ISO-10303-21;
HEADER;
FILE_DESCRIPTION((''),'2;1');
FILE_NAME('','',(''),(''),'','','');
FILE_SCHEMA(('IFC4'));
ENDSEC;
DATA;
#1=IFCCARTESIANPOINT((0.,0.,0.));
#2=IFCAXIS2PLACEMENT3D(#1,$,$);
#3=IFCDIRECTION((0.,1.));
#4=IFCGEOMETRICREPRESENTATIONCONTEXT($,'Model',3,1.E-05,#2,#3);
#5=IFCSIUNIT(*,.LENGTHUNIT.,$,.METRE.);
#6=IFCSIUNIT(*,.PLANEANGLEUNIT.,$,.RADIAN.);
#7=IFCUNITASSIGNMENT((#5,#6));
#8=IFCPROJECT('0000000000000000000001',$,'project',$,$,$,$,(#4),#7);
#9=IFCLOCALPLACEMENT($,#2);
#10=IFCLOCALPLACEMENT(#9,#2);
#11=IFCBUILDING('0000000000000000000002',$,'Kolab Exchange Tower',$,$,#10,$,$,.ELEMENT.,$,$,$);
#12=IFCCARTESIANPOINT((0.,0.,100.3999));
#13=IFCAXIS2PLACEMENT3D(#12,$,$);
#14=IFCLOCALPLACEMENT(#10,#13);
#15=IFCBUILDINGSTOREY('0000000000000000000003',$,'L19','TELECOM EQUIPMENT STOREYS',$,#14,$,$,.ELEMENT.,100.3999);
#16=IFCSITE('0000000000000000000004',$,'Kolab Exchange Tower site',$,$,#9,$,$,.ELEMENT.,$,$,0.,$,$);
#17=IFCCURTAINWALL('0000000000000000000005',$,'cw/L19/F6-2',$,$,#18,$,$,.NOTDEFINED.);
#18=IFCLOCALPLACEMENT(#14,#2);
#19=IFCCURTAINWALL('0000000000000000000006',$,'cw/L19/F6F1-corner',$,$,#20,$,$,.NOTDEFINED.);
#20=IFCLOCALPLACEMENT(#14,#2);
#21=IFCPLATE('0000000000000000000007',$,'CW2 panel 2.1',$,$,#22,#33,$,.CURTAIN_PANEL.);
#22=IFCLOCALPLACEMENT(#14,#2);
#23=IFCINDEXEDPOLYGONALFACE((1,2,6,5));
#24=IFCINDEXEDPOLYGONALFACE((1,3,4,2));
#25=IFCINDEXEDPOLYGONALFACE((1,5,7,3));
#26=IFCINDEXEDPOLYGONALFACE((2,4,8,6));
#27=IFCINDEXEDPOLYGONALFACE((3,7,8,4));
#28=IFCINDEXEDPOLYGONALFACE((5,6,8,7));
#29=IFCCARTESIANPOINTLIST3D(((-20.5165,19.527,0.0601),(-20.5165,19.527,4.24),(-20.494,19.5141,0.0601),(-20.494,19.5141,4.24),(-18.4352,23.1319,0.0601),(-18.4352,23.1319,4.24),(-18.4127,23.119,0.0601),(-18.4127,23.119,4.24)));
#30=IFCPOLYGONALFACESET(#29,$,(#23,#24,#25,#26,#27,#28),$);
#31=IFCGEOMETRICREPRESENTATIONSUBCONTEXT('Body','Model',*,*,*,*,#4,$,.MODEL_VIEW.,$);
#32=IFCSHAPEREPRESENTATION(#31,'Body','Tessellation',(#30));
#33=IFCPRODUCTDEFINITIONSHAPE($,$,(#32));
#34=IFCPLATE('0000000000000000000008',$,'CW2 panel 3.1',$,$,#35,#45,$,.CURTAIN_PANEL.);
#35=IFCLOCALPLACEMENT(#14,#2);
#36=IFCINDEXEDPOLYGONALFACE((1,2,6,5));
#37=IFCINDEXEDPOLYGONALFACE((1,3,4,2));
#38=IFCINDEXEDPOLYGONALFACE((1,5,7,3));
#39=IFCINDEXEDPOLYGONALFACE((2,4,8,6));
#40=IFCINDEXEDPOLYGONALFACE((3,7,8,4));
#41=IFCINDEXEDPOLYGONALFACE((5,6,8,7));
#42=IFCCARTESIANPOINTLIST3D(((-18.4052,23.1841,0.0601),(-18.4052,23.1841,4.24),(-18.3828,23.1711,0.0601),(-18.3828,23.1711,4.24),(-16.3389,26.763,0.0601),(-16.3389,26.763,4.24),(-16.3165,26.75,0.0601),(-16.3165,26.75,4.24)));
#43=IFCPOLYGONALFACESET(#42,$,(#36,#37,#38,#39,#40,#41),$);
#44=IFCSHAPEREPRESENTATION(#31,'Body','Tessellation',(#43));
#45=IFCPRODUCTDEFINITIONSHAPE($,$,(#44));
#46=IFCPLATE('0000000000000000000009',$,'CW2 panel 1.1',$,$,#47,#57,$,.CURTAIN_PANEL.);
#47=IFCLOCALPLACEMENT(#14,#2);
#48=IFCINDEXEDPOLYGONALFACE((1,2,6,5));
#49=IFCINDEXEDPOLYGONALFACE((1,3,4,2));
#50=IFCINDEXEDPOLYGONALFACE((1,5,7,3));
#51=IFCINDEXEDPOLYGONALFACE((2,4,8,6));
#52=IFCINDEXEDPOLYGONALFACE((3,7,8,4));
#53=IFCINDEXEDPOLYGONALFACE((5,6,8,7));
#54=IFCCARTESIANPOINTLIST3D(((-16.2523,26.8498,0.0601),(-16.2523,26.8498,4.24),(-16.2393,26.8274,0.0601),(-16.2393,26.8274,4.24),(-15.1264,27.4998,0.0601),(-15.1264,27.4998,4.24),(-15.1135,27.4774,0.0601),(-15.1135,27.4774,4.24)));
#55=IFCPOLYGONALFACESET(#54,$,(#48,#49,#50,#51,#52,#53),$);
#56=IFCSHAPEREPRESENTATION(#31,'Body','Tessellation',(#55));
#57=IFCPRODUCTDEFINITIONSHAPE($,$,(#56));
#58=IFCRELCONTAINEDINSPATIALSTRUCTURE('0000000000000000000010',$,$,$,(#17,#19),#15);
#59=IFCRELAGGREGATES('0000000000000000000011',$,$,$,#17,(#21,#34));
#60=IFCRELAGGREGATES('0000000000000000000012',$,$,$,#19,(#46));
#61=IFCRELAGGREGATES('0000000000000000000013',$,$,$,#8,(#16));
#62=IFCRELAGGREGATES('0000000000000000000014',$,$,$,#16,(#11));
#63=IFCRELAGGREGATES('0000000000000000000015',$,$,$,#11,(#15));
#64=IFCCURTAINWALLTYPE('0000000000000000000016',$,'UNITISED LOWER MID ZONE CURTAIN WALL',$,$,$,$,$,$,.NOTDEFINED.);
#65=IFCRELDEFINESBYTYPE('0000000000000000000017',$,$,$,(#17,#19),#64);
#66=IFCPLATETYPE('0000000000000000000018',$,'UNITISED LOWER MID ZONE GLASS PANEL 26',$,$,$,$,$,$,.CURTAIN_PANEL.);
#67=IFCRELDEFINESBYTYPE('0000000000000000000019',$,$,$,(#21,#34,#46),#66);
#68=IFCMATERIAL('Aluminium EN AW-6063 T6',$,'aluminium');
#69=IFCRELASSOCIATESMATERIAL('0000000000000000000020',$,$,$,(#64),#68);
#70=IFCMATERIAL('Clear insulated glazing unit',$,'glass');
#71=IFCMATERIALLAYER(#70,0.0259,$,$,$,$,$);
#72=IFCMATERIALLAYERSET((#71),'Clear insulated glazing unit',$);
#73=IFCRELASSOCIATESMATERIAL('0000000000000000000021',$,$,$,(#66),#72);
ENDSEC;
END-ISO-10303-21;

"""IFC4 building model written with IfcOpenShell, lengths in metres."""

from ifc_helpers import new_model, si_unit, direction, frame, origin, origin_2d, place, context, subcontext, project, spatial, rectangle, extrude, material, layer, layer_set, type_object, element, aggregate, save


model = new_model("IFC4")

# Units and contexts
model_context = context("Model", 3, precision=1e-05, world=origin(), true_north=direction((0.0, 1.0)))
body_context = subcontext(model_context, "Body", "Model", "MODEL_VIEW")
ifc_project = project(units=[si_unit("LENGTHUNIT", "METRE"), si_unit("PLANEANGLEUNIT", "RADIAN")], contexts=[model_context])

# Site, building, storey
site_placement = place(None, origin())
site = spatial("IfcSite", under=ifc_project, at=site_placement, Name="Kolab Exchange Tower site", CompositionType="ELEMENT", RefElevation=0.0)
building_placement = place(site_placement, origin())
building = spatial("IfcBuilding", under=site, at=building_placement, Name="Kolab Exchange Tower", CompositionType="ELEMENT")
storey_placement = place(building_placement, frame((0.0, 0.0, 100.3999)))
storey = spatial("IfcBuildingStorey", under=building, at=storey_placement, Name="L19", Description="TELECOM EQUIPMENT STOREYS", CompositionType="ELEMENT", Elevation=100.3999)

# Shared definitions
ifc_material_1 = material(Name="Aluminium EN AW-6063 T6", Category="aluminium")
curtain_wall_type = type_object("IfcCurtainWallType", Name="UNITISED LOWER MID ZONE CURTAIN WALL", PredefinedType="NOTDEFINED", material=ifc_material_1)

# Curtain walls
curtain_wall_1_placement = place(storey_placement, origin())
curtain_wall_1 = element("IfcCurtainWall", 1, at=curtain_wall_1_placement, inside=storey, type_object=curtain_wall_type, Name="cw/L19/F6-2", PredefinedType="NOTDEFINED")
curtain_wall_2_placement = place(storey_placement, origin())
curtain_wall_2 = element("IfcCurtainWall", 2, at=curtain_wall_2_placement, inside=storey, type_object=curtain_wall_type, Name="cw/L19/F6F1-corner", PredefinedType="NOTDEFINED")

# Plates
ifc_material_2 = material(Name="Clear insulated glazing unit", Category="glass")
ifc_layer = layer(ifc_material_2, 0.0259)
ifc_layer_set = layer_set([ifc_layer], Name="Clear insulated glazing unit")
plate_type = type_object("IfcPlateType", Name="UNITISED LOWER MID ZONE GLASS PANEL 26", PredefinedType="CURTAIN_PANEL", material=ifc_layer_set)
plate_1_placement = place(storey_placement, frame((-19.4646, 21.323, 0.0601), z_axis=(0.0, 0.0, 1.0), x_axis=(0.5, 0.866025, 0.0)))
plate_1 = element("IfcPlate", 3, at=plate_1_placement, type_object=plate_type, Name="CW2 panel 2.1", PredefinedType="CURTAIN_PANEL", context=body_context, shape_type="SweptSolid", body=[
    extrude(rectangle(XDim=4.1626, YDim=0.0259, at=origin_2d()), origin(), (0.0, 0.0, 1.0), 4.1799),
])
plate_2_placement = place(storey_placement, frame((-17.3608, 24.967, 0.0601), z_axis=(0.0, 0.0, 1.0), x_axis=(0.5, 0.866025, 0.0)))
plate_2 = element("IfcPlate", 4, at=plate_2_placement, type_object=plate_type, Name="CW2 panel 3.1", PredefinedType="CURTAIN_PANEL", context=body_context, shape_type="SweptSolid", body=[
    extrude(rectangle(XDim=4.1326, YDim=0.0259, at=origin_2d()), origin(), (0.0, 0.0, 1.0), 4.1799),
])
aggregate(curtain_wall_1, [plate_1, plate_2])
plate_3_placement = place(storey_placement, frame((-15.6829, 27.1636, 0.0601), z_axis=(0.0, 0.0, 1.0), x_axis=(0.866025, 0.5, 0.0)))
plate_3 = element("IfcPlate", 5, at=plate_3_placement, type_object=plate_type, Name="CW2 panel 1.1", PredefinedType="CURTAIN_PANEL", context=body_context, shape_type="SweptSolid", body=[
    extrude(rectangle(XDim=1.3, YDim=0.0259, at=origin_2d()), origin(), (0.0, 0.0, 1.0), 4.1799),
])
aggregate(curtain_wall_2, [plate_3])

save(model, "model.ifc")
